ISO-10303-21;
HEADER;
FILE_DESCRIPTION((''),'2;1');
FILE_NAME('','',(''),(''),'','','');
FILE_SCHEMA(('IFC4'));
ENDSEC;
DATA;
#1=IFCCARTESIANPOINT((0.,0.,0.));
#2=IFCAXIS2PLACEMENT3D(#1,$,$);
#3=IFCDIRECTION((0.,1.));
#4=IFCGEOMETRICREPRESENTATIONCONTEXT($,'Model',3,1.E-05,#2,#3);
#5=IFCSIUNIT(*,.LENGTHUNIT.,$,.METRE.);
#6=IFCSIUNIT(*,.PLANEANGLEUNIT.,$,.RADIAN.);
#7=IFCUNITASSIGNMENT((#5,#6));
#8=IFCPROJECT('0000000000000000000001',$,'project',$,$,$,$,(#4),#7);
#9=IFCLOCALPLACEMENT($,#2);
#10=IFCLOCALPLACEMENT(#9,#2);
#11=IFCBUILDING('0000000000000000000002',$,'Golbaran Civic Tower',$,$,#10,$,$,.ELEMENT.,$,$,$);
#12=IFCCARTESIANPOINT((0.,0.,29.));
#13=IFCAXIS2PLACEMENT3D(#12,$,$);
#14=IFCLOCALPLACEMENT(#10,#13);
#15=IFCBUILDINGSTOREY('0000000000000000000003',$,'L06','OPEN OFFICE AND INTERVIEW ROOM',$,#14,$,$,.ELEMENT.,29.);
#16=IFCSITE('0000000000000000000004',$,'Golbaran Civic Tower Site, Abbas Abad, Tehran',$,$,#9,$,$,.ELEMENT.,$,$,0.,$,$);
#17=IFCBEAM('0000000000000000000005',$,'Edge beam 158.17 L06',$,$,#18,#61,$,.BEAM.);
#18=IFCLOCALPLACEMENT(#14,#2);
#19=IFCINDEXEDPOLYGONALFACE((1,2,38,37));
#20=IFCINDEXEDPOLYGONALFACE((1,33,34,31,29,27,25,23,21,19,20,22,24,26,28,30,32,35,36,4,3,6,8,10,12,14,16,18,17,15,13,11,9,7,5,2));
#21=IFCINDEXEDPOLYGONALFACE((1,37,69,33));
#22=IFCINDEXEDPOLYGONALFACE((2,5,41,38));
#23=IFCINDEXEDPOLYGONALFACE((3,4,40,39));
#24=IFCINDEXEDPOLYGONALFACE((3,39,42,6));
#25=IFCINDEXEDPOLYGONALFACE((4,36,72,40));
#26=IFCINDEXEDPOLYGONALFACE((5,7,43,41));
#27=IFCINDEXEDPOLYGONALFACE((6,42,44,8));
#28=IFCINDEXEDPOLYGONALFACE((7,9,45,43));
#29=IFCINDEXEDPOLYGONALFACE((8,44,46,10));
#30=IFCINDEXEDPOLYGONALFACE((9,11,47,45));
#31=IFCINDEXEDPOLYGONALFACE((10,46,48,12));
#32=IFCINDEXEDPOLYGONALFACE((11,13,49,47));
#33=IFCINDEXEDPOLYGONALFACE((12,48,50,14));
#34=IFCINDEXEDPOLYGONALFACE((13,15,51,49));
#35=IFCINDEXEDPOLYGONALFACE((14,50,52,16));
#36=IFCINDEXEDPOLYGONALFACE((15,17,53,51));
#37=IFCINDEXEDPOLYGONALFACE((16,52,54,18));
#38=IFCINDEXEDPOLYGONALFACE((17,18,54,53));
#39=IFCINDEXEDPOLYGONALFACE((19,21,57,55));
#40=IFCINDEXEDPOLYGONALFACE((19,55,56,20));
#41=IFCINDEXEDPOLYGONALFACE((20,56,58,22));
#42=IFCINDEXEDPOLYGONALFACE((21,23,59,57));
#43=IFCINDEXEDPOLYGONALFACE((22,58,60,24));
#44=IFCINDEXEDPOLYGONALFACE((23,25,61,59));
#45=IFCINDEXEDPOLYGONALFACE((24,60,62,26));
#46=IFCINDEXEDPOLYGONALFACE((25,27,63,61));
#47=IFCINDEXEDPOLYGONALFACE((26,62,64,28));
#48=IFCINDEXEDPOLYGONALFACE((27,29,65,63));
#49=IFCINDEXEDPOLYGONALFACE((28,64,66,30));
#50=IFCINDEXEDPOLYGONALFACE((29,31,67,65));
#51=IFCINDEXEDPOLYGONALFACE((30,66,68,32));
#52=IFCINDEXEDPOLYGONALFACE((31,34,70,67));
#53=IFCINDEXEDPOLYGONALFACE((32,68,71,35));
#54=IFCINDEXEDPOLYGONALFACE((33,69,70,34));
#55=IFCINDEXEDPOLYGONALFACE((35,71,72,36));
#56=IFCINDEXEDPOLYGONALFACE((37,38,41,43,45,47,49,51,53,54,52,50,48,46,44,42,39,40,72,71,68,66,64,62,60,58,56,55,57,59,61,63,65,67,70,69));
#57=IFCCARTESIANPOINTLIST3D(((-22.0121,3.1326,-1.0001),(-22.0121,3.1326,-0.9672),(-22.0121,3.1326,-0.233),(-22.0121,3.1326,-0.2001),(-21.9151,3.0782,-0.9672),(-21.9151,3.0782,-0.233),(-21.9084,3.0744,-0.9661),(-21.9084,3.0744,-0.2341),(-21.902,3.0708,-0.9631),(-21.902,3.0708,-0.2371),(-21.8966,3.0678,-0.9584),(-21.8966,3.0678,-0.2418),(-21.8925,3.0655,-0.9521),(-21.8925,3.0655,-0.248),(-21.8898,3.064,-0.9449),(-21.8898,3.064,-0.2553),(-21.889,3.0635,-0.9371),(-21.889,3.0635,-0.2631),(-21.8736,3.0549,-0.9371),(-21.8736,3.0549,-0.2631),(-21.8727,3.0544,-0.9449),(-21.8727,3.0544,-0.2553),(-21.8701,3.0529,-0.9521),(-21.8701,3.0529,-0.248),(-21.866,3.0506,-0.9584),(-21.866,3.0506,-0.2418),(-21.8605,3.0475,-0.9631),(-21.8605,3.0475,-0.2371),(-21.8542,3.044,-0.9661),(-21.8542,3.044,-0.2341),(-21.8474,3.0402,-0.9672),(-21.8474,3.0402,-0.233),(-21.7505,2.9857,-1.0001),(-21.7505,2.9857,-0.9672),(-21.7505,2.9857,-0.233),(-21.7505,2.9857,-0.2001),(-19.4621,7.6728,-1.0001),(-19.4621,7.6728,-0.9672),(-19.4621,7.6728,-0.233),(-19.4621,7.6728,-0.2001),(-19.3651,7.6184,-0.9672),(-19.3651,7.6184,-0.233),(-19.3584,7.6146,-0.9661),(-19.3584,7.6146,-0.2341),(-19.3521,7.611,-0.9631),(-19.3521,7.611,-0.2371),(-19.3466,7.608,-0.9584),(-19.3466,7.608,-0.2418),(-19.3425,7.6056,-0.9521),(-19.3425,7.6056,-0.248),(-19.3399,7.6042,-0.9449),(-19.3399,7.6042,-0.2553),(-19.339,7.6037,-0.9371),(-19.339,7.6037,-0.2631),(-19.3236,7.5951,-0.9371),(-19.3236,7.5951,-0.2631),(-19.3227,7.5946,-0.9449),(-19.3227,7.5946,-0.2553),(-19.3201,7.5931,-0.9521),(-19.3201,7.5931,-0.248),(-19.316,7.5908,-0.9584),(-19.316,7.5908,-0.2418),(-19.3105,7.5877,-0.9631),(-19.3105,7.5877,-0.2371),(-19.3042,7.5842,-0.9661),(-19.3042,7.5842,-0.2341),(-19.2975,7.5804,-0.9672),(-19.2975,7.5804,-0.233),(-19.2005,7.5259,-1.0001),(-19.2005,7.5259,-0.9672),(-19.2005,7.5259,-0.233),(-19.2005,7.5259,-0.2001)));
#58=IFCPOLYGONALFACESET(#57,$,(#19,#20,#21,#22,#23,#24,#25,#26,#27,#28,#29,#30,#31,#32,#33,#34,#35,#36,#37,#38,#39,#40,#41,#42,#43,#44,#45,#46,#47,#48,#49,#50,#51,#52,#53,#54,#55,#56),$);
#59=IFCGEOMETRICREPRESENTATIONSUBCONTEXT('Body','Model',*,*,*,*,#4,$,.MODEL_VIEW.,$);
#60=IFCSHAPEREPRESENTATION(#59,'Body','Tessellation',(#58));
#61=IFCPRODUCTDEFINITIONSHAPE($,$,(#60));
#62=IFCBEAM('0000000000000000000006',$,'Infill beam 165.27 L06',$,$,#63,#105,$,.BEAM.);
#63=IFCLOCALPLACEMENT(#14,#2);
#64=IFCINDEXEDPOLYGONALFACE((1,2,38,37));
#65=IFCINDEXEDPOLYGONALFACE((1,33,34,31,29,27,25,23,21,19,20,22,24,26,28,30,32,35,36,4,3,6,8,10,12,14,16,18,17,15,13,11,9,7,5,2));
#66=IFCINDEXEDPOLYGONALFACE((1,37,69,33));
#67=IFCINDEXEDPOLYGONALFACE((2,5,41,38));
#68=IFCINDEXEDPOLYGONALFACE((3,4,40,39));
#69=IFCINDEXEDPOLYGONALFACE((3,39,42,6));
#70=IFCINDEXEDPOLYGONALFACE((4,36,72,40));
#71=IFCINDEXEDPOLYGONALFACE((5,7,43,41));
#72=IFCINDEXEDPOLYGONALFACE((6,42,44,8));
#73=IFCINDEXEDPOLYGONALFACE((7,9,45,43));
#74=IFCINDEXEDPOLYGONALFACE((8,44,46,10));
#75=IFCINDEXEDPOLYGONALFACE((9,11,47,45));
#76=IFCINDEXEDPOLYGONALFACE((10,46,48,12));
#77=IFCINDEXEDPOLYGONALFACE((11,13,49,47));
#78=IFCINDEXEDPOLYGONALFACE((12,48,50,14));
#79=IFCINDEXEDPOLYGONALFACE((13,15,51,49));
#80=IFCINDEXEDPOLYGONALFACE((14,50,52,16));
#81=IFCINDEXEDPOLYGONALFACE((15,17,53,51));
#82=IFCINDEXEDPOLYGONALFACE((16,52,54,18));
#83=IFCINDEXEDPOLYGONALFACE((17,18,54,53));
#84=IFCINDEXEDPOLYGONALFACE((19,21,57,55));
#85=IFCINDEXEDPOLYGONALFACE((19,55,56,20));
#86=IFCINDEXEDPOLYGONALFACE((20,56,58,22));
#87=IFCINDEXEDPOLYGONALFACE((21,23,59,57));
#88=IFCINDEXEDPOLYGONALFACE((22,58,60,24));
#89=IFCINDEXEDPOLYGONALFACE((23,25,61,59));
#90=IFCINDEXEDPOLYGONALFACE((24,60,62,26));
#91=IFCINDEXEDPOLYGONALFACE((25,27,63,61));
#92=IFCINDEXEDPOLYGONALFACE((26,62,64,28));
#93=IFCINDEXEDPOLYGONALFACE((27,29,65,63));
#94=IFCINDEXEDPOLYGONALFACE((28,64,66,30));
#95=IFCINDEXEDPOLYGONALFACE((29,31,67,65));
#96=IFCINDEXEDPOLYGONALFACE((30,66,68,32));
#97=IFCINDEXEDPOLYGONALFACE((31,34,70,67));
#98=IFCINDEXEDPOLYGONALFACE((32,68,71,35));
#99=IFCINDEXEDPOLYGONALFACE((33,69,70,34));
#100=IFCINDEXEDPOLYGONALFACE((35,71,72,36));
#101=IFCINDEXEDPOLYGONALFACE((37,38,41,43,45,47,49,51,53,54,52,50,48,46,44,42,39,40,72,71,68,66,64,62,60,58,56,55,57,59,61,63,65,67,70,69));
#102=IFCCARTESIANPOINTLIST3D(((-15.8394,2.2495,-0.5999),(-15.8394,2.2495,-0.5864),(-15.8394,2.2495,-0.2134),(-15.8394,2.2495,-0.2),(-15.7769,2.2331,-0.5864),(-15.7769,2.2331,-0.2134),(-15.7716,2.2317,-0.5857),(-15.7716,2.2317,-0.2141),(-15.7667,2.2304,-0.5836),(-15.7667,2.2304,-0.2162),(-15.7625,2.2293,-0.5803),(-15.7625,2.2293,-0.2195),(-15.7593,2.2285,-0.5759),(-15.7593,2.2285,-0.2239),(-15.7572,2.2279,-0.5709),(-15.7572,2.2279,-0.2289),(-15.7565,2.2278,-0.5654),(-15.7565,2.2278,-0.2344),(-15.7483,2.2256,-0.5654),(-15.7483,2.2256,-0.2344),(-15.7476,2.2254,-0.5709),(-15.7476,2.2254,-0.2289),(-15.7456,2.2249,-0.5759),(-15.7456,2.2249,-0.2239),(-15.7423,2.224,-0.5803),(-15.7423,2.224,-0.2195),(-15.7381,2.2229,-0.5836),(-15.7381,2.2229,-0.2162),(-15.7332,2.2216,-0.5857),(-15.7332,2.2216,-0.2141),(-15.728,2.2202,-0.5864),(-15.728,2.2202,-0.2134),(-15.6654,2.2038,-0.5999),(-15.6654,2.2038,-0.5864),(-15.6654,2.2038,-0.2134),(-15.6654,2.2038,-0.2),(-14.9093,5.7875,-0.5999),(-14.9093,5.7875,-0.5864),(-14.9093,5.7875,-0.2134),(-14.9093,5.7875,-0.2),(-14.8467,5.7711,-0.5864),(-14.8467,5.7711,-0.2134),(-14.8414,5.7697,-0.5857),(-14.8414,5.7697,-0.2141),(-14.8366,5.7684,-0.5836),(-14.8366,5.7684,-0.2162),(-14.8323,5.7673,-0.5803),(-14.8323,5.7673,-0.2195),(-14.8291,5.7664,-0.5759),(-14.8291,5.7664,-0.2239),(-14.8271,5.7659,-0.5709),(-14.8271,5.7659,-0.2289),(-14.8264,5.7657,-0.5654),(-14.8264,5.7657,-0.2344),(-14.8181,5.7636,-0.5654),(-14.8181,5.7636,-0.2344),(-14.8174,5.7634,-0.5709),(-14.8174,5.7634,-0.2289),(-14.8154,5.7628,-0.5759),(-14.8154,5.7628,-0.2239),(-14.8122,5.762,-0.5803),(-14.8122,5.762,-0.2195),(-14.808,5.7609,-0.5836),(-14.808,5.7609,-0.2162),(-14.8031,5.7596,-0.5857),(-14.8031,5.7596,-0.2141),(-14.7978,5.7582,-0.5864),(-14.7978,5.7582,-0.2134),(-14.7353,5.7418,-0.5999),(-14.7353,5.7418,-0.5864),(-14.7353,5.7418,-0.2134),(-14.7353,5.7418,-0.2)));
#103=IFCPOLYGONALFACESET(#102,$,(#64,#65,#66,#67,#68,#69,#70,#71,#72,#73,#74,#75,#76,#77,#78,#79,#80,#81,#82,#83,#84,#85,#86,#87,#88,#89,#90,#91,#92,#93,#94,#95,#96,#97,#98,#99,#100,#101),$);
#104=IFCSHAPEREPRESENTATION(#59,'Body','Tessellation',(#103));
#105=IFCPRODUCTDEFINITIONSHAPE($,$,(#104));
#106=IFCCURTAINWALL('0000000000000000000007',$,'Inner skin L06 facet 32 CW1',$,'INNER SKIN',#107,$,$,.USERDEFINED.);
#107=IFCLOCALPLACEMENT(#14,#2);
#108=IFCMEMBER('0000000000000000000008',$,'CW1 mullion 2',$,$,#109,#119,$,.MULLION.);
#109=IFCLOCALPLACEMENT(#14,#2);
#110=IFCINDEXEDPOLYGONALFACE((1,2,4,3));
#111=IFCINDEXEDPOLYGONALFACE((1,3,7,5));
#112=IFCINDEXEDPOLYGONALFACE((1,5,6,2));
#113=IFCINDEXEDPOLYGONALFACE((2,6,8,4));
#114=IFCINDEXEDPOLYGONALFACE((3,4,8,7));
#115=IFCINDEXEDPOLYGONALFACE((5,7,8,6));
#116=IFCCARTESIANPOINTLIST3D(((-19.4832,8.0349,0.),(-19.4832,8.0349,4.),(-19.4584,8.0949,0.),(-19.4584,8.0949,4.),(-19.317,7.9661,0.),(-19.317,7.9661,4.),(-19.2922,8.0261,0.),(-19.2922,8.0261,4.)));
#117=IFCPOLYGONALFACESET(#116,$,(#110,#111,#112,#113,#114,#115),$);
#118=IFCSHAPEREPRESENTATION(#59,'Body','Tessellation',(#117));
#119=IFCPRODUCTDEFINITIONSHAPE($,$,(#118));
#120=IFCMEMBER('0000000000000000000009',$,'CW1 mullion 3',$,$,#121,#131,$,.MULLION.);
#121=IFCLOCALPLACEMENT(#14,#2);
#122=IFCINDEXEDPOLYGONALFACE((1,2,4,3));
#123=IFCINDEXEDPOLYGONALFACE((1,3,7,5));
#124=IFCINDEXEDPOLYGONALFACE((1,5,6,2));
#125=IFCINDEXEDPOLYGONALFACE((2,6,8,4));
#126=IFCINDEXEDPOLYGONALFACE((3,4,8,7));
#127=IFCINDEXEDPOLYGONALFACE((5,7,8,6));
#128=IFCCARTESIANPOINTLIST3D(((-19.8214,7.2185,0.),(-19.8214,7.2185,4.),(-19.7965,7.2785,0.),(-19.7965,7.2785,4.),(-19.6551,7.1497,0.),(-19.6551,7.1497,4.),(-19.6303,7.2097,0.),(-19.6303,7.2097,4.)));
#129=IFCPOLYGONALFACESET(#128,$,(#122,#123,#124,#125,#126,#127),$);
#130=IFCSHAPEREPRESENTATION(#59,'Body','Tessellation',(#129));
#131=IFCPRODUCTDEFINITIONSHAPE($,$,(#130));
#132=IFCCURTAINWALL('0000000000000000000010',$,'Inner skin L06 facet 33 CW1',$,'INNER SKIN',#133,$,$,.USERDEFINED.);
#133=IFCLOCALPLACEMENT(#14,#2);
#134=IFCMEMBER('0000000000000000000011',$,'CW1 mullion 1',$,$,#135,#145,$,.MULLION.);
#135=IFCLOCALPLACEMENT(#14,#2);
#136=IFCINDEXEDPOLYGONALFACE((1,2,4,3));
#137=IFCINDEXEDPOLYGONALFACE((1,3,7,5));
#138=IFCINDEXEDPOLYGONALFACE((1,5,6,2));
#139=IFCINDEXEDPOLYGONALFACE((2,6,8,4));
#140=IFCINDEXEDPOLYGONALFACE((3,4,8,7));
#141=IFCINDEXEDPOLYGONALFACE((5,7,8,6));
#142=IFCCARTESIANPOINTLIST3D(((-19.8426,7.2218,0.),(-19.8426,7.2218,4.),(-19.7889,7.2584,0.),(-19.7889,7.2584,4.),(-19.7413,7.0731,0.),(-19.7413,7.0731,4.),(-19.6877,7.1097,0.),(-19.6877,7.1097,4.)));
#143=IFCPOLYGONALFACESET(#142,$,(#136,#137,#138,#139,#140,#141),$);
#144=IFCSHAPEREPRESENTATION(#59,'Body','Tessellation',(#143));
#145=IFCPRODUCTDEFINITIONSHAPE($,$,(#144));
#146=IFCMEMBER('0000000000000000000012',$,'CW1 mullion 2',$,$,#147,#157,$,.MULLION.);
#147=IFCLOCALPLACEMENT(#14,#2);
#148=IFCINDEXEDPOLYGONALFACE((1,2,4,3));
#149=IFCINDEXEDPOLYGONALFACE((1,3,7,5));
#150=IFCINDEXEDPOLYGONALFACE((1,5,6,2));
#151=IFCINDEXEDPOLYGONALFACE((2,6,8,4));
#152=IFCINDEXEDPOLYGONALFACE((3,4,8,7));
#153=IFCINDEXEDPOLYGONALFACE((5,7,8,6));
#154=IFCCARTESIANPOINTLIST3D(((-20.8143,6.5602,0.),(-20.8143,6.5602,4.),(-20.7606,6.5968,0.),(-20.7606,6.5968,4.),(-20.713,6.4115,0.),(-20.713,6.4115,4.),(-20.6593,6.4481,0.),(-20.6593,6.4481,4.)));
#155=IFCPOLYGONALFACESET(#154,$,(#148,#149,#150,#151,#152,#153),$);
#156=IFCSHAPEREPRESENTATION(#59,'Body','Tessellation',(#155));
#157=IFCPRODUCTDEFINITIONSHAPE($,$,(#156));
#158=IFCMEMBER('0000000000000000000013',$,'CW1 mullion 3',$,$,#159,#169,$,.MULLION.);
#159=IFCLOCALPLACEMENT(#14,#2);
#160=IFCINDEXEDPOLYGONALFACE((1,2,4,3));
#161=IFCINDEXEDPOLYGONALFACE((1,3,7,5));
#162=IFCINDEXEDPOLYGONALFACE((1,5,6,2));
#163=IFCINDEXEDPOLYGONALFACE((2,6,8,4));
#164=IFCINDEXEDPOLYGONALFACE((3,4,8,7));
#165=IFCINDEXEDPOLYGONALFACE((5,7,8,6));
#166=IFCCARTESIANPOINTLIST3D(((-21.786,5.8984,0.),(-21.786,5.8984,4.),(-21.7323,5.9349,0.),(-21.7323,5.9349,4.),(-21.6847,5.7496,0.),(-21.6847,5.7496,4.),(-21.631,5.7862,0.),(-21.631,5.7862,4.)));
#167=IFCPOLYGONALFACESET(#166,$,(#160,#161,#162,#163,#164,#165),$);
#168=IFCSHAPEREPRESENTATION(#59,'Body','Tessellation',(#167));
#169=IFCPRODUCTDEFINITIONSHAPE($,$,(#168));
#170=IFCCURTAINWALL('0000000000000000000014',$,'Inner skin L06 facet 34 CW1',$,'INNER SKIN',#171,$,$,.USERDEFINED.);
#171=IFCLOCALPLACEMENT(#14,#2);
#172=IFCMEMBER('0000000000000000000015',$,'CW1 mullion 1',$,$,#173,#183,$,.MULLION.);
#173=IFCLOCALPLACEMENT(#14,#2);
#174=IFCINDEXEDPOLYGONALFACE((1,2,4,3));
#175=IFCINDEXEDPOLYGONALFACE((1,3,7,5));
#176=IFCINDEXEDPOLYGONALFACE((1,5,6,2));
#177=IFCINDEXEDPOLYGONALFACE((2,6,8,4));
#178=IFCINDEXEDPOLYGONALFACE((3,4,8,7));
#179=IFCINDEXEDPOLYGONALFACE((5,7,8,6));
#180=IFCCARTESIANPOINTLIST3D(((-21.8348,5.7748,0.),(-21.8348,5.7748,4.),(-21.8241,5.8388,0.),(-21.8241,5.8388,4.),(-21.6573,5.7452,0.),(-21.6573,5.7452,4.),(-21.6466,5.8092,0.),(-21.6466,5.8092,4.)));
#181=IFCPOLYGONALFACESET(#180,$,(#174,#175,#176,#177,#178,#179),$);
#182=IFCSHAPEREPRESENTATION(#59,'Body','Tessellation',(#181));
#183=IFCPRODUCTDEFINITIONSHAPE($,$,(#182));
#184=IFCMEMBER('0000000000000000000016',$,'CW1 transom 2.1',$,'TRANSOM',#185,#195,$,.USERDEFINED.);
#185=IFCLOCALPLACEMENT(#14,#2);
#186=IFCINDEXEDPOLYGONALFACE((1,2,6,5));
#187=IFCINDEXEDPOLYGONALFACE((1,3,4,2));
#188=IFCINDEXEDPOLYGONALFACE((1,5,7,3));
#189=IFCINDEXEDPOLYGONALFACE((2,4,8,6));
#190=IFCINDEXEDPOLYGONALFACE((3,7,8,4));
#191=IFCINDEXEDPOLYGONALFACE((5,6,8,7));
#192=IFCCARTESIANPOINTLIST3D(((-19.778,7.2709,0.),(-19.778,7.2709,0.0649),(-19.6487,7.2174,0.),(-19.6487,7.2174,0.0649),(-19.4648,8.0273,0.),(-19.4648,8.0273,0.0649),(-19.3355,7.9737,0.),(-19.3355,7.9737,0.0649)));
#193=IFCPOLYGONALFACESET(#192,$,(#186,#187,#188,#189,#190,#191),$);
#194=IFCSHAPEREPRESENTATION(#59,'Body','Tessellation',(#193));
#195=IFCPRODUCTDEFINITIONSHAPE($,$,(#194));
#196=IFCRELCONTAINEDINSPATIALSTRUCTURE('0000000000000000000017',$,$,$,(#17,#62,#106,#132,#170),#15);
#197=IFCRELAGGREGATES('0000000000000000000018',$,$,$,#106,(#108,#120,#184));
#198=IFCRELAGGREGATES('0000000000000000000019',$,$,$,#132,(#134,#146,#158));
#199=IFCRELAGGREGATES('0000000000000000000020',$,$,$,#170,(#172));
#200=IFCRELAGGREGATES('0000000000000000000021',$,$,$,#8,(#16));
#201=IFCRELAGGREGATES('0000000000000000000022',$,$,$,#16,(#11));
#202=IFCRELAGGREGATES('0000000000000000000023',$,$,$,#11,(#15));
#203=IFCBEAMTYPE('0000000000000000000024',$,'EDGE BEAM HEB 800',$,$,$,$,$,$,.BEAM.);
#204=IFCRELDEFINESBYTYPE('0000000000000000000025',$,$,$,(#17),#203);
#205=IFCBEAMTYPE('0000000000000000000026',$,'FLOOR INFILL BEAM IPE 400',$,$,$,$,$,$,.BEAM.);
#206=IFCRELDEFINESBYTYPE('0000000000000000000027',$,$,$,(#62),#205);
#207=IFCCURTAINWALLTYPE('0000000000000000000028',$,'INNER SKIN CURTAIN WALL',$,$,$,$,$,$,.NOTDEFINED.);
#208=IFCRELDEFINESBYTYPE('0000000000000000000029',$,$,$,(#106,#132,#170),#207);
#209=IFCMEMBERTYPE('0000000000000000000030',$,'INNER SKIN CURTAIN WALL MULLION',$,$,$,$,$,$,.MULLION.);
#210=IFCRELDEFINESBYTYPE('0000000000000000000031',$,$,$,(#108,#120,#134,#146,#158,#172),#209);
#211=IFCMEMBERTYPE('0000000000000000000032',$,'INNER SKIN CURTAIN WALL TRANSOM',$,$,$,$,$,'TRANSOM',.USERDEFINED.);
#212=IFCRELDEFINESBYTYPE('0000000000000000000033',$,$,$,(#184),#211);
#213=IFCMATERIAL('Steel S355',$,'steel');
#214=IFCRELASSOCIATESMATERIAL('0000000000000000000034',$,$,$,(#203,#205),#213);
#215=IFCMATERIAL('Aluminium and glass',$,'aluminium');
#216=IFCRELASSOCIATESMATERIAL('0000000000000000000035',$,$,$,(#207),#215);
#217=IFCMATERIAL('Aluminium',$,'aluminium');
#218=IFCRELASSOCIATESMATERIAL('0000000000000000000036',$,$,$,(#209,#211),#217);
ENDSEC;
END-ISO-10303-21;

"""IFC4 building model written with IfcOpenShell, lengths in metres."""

from ifc_helpers import new_model, si_unit, direction, frame, origin, origin_2d, place, context, subcontext, project, spatial, rectangle, i_section, extrude, material, material_profile, profile_set, type_object, element, aggregate, save


model = new_model("IFC4")

# Units and contexts
model_context = context("Model", 3, precision=1e-05, world=origin(), true_north=direction((0.0, 1.0)))
body_context = subcontext(model_context, "Body", "Model", "MODEL_VIEW")
ifc_project = project(units=[si_unit("LENGTHUNIT", "METRE"), si_unit("PLANEANGLEUNIT", "RADIAN")], contexts=[model_context])

# Site, building, storey
site_placement = place(None, origin())
site = spatial("IfcSite", under=ifc_project, at=site_placement, Name="Golbaran Civic Tower Site, Abbas Abad, Tehran", CompositionType="ELEMENT", RefElevation=0.0)
building_placement = place(site_placement, origin())
building = spatial("IfcBuilding", under=site, at=building_placement, Name="Golbaran Civic Tower", CompositionType="ELEMENT")
storey_placement = place(building_placement, frame((0.0, 0.0, 29.0)))
storey = spatial("IfcBuildingStorey", under=building, at=storey_placement, Name="L06", Description="OPEN OFFICE AND INTERVIEW ROOM", CompositionType="ELEMENT", Elevation=29.0)

# Beams
ifc_material_1 = material(Name="Steel S355", Category="steel")
ifc_material_profile_1 = material_profile(ifc_material_1, i_section(OverallWidth=0.3, OverallDepth=0.8, WebThickness=0.0176, FlangeThickness=0.033, FilletRadius=0.03, at=origin_2d()), Name="HEB 800")
ifc_profile_set_1 = profile_set([ifc_material_profile_1], Name="Steel S355")
beam_type_1 = type_object("IfcBeamType", Name="EDGE BEAM HEB 800", PredefinedType="BEAM", material=ifc_profile_set_1)
beam_1_placement = place(storey_placement, frame((-19.3313, 7.5994, -0.6001), z_axis=(-0.489698, -0.871892, 0.0), x_axis=(0.871892, -0.489698, 0.0)))
element("IfcBeam", 1, at=beam_1_placement, inside=storey, type_object=beam_type_1, Name="Edge beam 158.17 L06", PredefinedType="BEAM", context=body_context, shape_type="SweptSolid", body=[
    extrude(i_section(OverallWidth=0.3, OverallDepth=0.8, WebThickness=0.0176, FlangeThickness=0.033, FilletRadius=0.03, at=origin_2d()), origin(), (0.0, 0.0, 1.0), 5.2073),
])
ifc_material_profile_2 = material_profile(ifc_material_1, i_section(OverallWidth=0.1799, OverallDepth=0.3999, WebThickness=0.0085, FlangeThickness=0.0134, FilletRadius=0.021, at=origin_2d()), Name="IPE 400")
ifc_profile_set_2 = profile_set([ifc_material_profile_2], Name="Steel S355")
beam_type_2 = type_object("IfcBeamType", Name="FLOOR INFILL BEAM IPE 400", PredefinedType="BEAM", material=ifc_profile_set_2)
beam_2_placement = place(storey_placement, frame((-14.8223, 5.7646, -0.3999), z_axis=(-0.254263, -0.967135, 0.0), x_axis=(0.967135, -0.254263, 0.0)))
element("IfcBeam", 2, at=beam_2_placement, inside=storey, type_object=beam_type_2, Name="Infill beam 165.27 L06", PredefinedType="BEAM", context=body_context, shape_type="SweptSolid", body=[
    extrude(i_section(OverallWidth=0.1799, OverallDepth=0.3999, WebThickness=0.0085, FlangeThickness=0.0134, FilletRadius=0.021, at=origin_2d()), origin(), (0.0, 0.0, 1.0), 3.6582),
])

# Curtain walls, members
ifc_material_2 = material(Name="Aluminium and glass", Category="aluminium")
curtain_wall_type = type_object("IfcCurtainWallType", Name="INNER SKIN CURTAIN WALL", PredefinedType="NOTDEFINED", material=ifc_material_2)
curtain_wall_1_placement = place(storey_placement, origin())
curtain_wall_1 = element("IfcCurtainWall", 3, at=curtain_wall_1_placement, inside=storey, type_object=curtain_wall_type, Name="Inner skin L06 facet 32 CW1", ObjectType="INNER SKIN", PredefinedType="USERDEFINED")
ifc_material_3 = material(Name="Aluminium", Category="aluminium")
ifc_material_profile_3 = material_profile(ifc_material_3, rectangle(XDim=0.1799, YDim=0.0649, at=origin_2d()), Name="INNER SKIN CURTAIN WALL MULLION")
ifc_profile_set_3 = profile_set([ifc_material_profile_3], Name="Aluminium")
member_type_1 = type_object("IfcMemberType", Name="INNER SKIN CURTAIN WALL MULLION", PredefinedType="MULLION", material=ifc_profile_set_3)
member_1_placement = place(storey_placement, frame((-19.3877, 8.0305, 0.0), z_axis=(0.0, 0.0, 1.0), x_axis=(0.92388, -0.382683, 0.0)))
member_1 = element("IfcMember", 4, at=member_1_placement, type_object=member_type_1, Name="CW1 mullion 2", PredefinedType="MULLION", context=body_context, shape_type="SweptSolid", body=[
    extrude(rectangle(XDim=0.1799, YDim=0.0649, at=origin_2d()), origin(), (0.0, 0.0, 1.0), 4.0),
])
member_2_placement = place(storey_placement, frame((-19.7258, 7.2141, 0.0), z_axis=(0.0, 0.0, 1.0), x_axis=(0.92388, -0.382683, 0.0)))
member_2 = element("IfcMember", 5, at=member_2_placement, type_object=member_type_1, Name="CW1 mullion 3", PredefinedType="MULLION", context=body_context, shape_type="SweptSolid", body=[
    extrude(rectangle(XDim=0.1799, YDim=0.0649, at=origin_2d()), origin(), (0.0, 0.0, 1.0), 4.0),
])
curtain_wall_2_placement = place(storey_placement, origin())
curtain_wall_2 = element("IfcCurtainWall", 6, at=curtain_wall_2_placement, inside=storey, type_object=curtain_wall_type, Name="Inner skin L06 facet 33 CW1", ObjectType="INNER SKIN", PredefinedType="USERDEFINED")
member_3_placement = place(storey_placement, frame((-19.7651, 7.1658, 0.0), z_axis=(0.0, 0.0, 1.0), x_axis=(0.562936, -0.8265, 0.0)))
member_3 = element("IfcMember", 7, at=member_3_placement, type_object=member_type_1, Name="CW1 mullion 1", PredefinedType="MULLION", context=body_context, shape_type="SweptSolid", body=[
    extrude(rectangle(XDim=0.1799, YDim=0.0649, at=origin_2d()), origin(), (0.0, 0.0, 1.0), 4.0),
])
member_4_placement = place(storey_placement, frame((-20.7368, 6.5042, 0.0), z_axis=(0.0, 0.0, 1.0), x_axis=(0.562936, -0.8265, 0.0)))
member_4 = element("IfcMember", 8, at=member_4_placement, type_object=member_type_1, Name="CW1 mullion 2", PredefinedType="MULLION", context=body_context, shape_type="SweptSolid", body=[
    extrude(rectangle(XDim=0.1799, YDim=0.0649, at=origin_2d()), origin(), (0.0, 0.0, 1.0), 4.0),
])
member_5_placement = place(storey_placement, frame((-21.7085, 5.8423, 0.0), z_axis=(0.0, 0.0, 1.0), x_axis=(0.562936, -0.8265, 0.0)))
member_5 = element("IfcMember", 9, at=member_5_placement, type_object=member_type_1, Name="CW1 mullion 3", PredefinedType="MULLION", context=body_context, shape_type="SweptSolid", body=[
    extrude(rectangle(XDim=0.1799, YDim=0.0649, at=origin_2d()), origin(), (0.0, 0.0, 1.0), 4.0),
])

# Curtain wall, member
curtain_wall_3_placement = place(storey_placement, origin())
curtain_wall_3 = element("IfcCurtainWall", 10, at=curtain_wall_3_placement, inside=storey, type_object=curtain_wall_type, Name="Inner skin L06 facet 34 CW1", ObjectType="INNER SKIN", PredefinedType="USERDEFINED")
member_6_placement = place(storey_placement, frame((-21.7407, 5.792, 0.0), z_axis=(0.0, 0.0, 1.0), x_axis=(0.986391, -0.164415, 0.0)))
member_6 = element("IfcMember", 11, at=member_6_placement, type_object=member_type_1, Name="CW1 mullion 1", PredefinedType="MULLION", context=body_context, shape_type="SweptSolid", body=[
    extrude(rectangle(XDim=0.1799, YDim=0.0649, at=origin_2d()), origin(), (0.0, 0.0, 1.0), 4.0),
])

# Member
ifc_material_profile_4 = material_profile(ifc_material_3, rectangle(XDim=0.1399, YDim=0.0649, at=origin_2d()), Name="INNER SKIN CURTAIN WALL TRANSOM")
ifc_profile_set_4 = profile_set([ifc_material_profile_4], Name="Aluminium")
member_type_2 = type_object("IfcMemberType", Name="INNER SKIN CURTAIN WALL TRANSOM", ElementType="TRANSOM", PredefinedType="USERDEFINED", material=ifc_profile_set_4)
member_7_placement = place(storey_placement, frame((-19.4001, 8.0005, 0.0325), z_axis=(-0.382624, -0.923904, 0.0), x_axis=(0.923904, -0.382624, 0.0)))
member_7 = element("IfcMember", 12, at=member_7_placement, type_object=member_type_2, Name="CW1 transom 2.1", ObjectType="TRANSOM", PredefinedType="USERDEFINED", context=body_context, shape_type="SweptSolid", body=[
    extrude(rectangle(XDim=0.1399, YDim=0.0649, at=origin_2d()), origin(), (0.0, 0.0, 1.0), 0.8186),
])

aggregate(curtain_wall_1, [member_1, member_2, member_7])
aggregate(curtain_wall_2, [member_3, member_4, member_5])
aggregate(curtain_wall_3, [member_6])

save(model, "model.ifc")
